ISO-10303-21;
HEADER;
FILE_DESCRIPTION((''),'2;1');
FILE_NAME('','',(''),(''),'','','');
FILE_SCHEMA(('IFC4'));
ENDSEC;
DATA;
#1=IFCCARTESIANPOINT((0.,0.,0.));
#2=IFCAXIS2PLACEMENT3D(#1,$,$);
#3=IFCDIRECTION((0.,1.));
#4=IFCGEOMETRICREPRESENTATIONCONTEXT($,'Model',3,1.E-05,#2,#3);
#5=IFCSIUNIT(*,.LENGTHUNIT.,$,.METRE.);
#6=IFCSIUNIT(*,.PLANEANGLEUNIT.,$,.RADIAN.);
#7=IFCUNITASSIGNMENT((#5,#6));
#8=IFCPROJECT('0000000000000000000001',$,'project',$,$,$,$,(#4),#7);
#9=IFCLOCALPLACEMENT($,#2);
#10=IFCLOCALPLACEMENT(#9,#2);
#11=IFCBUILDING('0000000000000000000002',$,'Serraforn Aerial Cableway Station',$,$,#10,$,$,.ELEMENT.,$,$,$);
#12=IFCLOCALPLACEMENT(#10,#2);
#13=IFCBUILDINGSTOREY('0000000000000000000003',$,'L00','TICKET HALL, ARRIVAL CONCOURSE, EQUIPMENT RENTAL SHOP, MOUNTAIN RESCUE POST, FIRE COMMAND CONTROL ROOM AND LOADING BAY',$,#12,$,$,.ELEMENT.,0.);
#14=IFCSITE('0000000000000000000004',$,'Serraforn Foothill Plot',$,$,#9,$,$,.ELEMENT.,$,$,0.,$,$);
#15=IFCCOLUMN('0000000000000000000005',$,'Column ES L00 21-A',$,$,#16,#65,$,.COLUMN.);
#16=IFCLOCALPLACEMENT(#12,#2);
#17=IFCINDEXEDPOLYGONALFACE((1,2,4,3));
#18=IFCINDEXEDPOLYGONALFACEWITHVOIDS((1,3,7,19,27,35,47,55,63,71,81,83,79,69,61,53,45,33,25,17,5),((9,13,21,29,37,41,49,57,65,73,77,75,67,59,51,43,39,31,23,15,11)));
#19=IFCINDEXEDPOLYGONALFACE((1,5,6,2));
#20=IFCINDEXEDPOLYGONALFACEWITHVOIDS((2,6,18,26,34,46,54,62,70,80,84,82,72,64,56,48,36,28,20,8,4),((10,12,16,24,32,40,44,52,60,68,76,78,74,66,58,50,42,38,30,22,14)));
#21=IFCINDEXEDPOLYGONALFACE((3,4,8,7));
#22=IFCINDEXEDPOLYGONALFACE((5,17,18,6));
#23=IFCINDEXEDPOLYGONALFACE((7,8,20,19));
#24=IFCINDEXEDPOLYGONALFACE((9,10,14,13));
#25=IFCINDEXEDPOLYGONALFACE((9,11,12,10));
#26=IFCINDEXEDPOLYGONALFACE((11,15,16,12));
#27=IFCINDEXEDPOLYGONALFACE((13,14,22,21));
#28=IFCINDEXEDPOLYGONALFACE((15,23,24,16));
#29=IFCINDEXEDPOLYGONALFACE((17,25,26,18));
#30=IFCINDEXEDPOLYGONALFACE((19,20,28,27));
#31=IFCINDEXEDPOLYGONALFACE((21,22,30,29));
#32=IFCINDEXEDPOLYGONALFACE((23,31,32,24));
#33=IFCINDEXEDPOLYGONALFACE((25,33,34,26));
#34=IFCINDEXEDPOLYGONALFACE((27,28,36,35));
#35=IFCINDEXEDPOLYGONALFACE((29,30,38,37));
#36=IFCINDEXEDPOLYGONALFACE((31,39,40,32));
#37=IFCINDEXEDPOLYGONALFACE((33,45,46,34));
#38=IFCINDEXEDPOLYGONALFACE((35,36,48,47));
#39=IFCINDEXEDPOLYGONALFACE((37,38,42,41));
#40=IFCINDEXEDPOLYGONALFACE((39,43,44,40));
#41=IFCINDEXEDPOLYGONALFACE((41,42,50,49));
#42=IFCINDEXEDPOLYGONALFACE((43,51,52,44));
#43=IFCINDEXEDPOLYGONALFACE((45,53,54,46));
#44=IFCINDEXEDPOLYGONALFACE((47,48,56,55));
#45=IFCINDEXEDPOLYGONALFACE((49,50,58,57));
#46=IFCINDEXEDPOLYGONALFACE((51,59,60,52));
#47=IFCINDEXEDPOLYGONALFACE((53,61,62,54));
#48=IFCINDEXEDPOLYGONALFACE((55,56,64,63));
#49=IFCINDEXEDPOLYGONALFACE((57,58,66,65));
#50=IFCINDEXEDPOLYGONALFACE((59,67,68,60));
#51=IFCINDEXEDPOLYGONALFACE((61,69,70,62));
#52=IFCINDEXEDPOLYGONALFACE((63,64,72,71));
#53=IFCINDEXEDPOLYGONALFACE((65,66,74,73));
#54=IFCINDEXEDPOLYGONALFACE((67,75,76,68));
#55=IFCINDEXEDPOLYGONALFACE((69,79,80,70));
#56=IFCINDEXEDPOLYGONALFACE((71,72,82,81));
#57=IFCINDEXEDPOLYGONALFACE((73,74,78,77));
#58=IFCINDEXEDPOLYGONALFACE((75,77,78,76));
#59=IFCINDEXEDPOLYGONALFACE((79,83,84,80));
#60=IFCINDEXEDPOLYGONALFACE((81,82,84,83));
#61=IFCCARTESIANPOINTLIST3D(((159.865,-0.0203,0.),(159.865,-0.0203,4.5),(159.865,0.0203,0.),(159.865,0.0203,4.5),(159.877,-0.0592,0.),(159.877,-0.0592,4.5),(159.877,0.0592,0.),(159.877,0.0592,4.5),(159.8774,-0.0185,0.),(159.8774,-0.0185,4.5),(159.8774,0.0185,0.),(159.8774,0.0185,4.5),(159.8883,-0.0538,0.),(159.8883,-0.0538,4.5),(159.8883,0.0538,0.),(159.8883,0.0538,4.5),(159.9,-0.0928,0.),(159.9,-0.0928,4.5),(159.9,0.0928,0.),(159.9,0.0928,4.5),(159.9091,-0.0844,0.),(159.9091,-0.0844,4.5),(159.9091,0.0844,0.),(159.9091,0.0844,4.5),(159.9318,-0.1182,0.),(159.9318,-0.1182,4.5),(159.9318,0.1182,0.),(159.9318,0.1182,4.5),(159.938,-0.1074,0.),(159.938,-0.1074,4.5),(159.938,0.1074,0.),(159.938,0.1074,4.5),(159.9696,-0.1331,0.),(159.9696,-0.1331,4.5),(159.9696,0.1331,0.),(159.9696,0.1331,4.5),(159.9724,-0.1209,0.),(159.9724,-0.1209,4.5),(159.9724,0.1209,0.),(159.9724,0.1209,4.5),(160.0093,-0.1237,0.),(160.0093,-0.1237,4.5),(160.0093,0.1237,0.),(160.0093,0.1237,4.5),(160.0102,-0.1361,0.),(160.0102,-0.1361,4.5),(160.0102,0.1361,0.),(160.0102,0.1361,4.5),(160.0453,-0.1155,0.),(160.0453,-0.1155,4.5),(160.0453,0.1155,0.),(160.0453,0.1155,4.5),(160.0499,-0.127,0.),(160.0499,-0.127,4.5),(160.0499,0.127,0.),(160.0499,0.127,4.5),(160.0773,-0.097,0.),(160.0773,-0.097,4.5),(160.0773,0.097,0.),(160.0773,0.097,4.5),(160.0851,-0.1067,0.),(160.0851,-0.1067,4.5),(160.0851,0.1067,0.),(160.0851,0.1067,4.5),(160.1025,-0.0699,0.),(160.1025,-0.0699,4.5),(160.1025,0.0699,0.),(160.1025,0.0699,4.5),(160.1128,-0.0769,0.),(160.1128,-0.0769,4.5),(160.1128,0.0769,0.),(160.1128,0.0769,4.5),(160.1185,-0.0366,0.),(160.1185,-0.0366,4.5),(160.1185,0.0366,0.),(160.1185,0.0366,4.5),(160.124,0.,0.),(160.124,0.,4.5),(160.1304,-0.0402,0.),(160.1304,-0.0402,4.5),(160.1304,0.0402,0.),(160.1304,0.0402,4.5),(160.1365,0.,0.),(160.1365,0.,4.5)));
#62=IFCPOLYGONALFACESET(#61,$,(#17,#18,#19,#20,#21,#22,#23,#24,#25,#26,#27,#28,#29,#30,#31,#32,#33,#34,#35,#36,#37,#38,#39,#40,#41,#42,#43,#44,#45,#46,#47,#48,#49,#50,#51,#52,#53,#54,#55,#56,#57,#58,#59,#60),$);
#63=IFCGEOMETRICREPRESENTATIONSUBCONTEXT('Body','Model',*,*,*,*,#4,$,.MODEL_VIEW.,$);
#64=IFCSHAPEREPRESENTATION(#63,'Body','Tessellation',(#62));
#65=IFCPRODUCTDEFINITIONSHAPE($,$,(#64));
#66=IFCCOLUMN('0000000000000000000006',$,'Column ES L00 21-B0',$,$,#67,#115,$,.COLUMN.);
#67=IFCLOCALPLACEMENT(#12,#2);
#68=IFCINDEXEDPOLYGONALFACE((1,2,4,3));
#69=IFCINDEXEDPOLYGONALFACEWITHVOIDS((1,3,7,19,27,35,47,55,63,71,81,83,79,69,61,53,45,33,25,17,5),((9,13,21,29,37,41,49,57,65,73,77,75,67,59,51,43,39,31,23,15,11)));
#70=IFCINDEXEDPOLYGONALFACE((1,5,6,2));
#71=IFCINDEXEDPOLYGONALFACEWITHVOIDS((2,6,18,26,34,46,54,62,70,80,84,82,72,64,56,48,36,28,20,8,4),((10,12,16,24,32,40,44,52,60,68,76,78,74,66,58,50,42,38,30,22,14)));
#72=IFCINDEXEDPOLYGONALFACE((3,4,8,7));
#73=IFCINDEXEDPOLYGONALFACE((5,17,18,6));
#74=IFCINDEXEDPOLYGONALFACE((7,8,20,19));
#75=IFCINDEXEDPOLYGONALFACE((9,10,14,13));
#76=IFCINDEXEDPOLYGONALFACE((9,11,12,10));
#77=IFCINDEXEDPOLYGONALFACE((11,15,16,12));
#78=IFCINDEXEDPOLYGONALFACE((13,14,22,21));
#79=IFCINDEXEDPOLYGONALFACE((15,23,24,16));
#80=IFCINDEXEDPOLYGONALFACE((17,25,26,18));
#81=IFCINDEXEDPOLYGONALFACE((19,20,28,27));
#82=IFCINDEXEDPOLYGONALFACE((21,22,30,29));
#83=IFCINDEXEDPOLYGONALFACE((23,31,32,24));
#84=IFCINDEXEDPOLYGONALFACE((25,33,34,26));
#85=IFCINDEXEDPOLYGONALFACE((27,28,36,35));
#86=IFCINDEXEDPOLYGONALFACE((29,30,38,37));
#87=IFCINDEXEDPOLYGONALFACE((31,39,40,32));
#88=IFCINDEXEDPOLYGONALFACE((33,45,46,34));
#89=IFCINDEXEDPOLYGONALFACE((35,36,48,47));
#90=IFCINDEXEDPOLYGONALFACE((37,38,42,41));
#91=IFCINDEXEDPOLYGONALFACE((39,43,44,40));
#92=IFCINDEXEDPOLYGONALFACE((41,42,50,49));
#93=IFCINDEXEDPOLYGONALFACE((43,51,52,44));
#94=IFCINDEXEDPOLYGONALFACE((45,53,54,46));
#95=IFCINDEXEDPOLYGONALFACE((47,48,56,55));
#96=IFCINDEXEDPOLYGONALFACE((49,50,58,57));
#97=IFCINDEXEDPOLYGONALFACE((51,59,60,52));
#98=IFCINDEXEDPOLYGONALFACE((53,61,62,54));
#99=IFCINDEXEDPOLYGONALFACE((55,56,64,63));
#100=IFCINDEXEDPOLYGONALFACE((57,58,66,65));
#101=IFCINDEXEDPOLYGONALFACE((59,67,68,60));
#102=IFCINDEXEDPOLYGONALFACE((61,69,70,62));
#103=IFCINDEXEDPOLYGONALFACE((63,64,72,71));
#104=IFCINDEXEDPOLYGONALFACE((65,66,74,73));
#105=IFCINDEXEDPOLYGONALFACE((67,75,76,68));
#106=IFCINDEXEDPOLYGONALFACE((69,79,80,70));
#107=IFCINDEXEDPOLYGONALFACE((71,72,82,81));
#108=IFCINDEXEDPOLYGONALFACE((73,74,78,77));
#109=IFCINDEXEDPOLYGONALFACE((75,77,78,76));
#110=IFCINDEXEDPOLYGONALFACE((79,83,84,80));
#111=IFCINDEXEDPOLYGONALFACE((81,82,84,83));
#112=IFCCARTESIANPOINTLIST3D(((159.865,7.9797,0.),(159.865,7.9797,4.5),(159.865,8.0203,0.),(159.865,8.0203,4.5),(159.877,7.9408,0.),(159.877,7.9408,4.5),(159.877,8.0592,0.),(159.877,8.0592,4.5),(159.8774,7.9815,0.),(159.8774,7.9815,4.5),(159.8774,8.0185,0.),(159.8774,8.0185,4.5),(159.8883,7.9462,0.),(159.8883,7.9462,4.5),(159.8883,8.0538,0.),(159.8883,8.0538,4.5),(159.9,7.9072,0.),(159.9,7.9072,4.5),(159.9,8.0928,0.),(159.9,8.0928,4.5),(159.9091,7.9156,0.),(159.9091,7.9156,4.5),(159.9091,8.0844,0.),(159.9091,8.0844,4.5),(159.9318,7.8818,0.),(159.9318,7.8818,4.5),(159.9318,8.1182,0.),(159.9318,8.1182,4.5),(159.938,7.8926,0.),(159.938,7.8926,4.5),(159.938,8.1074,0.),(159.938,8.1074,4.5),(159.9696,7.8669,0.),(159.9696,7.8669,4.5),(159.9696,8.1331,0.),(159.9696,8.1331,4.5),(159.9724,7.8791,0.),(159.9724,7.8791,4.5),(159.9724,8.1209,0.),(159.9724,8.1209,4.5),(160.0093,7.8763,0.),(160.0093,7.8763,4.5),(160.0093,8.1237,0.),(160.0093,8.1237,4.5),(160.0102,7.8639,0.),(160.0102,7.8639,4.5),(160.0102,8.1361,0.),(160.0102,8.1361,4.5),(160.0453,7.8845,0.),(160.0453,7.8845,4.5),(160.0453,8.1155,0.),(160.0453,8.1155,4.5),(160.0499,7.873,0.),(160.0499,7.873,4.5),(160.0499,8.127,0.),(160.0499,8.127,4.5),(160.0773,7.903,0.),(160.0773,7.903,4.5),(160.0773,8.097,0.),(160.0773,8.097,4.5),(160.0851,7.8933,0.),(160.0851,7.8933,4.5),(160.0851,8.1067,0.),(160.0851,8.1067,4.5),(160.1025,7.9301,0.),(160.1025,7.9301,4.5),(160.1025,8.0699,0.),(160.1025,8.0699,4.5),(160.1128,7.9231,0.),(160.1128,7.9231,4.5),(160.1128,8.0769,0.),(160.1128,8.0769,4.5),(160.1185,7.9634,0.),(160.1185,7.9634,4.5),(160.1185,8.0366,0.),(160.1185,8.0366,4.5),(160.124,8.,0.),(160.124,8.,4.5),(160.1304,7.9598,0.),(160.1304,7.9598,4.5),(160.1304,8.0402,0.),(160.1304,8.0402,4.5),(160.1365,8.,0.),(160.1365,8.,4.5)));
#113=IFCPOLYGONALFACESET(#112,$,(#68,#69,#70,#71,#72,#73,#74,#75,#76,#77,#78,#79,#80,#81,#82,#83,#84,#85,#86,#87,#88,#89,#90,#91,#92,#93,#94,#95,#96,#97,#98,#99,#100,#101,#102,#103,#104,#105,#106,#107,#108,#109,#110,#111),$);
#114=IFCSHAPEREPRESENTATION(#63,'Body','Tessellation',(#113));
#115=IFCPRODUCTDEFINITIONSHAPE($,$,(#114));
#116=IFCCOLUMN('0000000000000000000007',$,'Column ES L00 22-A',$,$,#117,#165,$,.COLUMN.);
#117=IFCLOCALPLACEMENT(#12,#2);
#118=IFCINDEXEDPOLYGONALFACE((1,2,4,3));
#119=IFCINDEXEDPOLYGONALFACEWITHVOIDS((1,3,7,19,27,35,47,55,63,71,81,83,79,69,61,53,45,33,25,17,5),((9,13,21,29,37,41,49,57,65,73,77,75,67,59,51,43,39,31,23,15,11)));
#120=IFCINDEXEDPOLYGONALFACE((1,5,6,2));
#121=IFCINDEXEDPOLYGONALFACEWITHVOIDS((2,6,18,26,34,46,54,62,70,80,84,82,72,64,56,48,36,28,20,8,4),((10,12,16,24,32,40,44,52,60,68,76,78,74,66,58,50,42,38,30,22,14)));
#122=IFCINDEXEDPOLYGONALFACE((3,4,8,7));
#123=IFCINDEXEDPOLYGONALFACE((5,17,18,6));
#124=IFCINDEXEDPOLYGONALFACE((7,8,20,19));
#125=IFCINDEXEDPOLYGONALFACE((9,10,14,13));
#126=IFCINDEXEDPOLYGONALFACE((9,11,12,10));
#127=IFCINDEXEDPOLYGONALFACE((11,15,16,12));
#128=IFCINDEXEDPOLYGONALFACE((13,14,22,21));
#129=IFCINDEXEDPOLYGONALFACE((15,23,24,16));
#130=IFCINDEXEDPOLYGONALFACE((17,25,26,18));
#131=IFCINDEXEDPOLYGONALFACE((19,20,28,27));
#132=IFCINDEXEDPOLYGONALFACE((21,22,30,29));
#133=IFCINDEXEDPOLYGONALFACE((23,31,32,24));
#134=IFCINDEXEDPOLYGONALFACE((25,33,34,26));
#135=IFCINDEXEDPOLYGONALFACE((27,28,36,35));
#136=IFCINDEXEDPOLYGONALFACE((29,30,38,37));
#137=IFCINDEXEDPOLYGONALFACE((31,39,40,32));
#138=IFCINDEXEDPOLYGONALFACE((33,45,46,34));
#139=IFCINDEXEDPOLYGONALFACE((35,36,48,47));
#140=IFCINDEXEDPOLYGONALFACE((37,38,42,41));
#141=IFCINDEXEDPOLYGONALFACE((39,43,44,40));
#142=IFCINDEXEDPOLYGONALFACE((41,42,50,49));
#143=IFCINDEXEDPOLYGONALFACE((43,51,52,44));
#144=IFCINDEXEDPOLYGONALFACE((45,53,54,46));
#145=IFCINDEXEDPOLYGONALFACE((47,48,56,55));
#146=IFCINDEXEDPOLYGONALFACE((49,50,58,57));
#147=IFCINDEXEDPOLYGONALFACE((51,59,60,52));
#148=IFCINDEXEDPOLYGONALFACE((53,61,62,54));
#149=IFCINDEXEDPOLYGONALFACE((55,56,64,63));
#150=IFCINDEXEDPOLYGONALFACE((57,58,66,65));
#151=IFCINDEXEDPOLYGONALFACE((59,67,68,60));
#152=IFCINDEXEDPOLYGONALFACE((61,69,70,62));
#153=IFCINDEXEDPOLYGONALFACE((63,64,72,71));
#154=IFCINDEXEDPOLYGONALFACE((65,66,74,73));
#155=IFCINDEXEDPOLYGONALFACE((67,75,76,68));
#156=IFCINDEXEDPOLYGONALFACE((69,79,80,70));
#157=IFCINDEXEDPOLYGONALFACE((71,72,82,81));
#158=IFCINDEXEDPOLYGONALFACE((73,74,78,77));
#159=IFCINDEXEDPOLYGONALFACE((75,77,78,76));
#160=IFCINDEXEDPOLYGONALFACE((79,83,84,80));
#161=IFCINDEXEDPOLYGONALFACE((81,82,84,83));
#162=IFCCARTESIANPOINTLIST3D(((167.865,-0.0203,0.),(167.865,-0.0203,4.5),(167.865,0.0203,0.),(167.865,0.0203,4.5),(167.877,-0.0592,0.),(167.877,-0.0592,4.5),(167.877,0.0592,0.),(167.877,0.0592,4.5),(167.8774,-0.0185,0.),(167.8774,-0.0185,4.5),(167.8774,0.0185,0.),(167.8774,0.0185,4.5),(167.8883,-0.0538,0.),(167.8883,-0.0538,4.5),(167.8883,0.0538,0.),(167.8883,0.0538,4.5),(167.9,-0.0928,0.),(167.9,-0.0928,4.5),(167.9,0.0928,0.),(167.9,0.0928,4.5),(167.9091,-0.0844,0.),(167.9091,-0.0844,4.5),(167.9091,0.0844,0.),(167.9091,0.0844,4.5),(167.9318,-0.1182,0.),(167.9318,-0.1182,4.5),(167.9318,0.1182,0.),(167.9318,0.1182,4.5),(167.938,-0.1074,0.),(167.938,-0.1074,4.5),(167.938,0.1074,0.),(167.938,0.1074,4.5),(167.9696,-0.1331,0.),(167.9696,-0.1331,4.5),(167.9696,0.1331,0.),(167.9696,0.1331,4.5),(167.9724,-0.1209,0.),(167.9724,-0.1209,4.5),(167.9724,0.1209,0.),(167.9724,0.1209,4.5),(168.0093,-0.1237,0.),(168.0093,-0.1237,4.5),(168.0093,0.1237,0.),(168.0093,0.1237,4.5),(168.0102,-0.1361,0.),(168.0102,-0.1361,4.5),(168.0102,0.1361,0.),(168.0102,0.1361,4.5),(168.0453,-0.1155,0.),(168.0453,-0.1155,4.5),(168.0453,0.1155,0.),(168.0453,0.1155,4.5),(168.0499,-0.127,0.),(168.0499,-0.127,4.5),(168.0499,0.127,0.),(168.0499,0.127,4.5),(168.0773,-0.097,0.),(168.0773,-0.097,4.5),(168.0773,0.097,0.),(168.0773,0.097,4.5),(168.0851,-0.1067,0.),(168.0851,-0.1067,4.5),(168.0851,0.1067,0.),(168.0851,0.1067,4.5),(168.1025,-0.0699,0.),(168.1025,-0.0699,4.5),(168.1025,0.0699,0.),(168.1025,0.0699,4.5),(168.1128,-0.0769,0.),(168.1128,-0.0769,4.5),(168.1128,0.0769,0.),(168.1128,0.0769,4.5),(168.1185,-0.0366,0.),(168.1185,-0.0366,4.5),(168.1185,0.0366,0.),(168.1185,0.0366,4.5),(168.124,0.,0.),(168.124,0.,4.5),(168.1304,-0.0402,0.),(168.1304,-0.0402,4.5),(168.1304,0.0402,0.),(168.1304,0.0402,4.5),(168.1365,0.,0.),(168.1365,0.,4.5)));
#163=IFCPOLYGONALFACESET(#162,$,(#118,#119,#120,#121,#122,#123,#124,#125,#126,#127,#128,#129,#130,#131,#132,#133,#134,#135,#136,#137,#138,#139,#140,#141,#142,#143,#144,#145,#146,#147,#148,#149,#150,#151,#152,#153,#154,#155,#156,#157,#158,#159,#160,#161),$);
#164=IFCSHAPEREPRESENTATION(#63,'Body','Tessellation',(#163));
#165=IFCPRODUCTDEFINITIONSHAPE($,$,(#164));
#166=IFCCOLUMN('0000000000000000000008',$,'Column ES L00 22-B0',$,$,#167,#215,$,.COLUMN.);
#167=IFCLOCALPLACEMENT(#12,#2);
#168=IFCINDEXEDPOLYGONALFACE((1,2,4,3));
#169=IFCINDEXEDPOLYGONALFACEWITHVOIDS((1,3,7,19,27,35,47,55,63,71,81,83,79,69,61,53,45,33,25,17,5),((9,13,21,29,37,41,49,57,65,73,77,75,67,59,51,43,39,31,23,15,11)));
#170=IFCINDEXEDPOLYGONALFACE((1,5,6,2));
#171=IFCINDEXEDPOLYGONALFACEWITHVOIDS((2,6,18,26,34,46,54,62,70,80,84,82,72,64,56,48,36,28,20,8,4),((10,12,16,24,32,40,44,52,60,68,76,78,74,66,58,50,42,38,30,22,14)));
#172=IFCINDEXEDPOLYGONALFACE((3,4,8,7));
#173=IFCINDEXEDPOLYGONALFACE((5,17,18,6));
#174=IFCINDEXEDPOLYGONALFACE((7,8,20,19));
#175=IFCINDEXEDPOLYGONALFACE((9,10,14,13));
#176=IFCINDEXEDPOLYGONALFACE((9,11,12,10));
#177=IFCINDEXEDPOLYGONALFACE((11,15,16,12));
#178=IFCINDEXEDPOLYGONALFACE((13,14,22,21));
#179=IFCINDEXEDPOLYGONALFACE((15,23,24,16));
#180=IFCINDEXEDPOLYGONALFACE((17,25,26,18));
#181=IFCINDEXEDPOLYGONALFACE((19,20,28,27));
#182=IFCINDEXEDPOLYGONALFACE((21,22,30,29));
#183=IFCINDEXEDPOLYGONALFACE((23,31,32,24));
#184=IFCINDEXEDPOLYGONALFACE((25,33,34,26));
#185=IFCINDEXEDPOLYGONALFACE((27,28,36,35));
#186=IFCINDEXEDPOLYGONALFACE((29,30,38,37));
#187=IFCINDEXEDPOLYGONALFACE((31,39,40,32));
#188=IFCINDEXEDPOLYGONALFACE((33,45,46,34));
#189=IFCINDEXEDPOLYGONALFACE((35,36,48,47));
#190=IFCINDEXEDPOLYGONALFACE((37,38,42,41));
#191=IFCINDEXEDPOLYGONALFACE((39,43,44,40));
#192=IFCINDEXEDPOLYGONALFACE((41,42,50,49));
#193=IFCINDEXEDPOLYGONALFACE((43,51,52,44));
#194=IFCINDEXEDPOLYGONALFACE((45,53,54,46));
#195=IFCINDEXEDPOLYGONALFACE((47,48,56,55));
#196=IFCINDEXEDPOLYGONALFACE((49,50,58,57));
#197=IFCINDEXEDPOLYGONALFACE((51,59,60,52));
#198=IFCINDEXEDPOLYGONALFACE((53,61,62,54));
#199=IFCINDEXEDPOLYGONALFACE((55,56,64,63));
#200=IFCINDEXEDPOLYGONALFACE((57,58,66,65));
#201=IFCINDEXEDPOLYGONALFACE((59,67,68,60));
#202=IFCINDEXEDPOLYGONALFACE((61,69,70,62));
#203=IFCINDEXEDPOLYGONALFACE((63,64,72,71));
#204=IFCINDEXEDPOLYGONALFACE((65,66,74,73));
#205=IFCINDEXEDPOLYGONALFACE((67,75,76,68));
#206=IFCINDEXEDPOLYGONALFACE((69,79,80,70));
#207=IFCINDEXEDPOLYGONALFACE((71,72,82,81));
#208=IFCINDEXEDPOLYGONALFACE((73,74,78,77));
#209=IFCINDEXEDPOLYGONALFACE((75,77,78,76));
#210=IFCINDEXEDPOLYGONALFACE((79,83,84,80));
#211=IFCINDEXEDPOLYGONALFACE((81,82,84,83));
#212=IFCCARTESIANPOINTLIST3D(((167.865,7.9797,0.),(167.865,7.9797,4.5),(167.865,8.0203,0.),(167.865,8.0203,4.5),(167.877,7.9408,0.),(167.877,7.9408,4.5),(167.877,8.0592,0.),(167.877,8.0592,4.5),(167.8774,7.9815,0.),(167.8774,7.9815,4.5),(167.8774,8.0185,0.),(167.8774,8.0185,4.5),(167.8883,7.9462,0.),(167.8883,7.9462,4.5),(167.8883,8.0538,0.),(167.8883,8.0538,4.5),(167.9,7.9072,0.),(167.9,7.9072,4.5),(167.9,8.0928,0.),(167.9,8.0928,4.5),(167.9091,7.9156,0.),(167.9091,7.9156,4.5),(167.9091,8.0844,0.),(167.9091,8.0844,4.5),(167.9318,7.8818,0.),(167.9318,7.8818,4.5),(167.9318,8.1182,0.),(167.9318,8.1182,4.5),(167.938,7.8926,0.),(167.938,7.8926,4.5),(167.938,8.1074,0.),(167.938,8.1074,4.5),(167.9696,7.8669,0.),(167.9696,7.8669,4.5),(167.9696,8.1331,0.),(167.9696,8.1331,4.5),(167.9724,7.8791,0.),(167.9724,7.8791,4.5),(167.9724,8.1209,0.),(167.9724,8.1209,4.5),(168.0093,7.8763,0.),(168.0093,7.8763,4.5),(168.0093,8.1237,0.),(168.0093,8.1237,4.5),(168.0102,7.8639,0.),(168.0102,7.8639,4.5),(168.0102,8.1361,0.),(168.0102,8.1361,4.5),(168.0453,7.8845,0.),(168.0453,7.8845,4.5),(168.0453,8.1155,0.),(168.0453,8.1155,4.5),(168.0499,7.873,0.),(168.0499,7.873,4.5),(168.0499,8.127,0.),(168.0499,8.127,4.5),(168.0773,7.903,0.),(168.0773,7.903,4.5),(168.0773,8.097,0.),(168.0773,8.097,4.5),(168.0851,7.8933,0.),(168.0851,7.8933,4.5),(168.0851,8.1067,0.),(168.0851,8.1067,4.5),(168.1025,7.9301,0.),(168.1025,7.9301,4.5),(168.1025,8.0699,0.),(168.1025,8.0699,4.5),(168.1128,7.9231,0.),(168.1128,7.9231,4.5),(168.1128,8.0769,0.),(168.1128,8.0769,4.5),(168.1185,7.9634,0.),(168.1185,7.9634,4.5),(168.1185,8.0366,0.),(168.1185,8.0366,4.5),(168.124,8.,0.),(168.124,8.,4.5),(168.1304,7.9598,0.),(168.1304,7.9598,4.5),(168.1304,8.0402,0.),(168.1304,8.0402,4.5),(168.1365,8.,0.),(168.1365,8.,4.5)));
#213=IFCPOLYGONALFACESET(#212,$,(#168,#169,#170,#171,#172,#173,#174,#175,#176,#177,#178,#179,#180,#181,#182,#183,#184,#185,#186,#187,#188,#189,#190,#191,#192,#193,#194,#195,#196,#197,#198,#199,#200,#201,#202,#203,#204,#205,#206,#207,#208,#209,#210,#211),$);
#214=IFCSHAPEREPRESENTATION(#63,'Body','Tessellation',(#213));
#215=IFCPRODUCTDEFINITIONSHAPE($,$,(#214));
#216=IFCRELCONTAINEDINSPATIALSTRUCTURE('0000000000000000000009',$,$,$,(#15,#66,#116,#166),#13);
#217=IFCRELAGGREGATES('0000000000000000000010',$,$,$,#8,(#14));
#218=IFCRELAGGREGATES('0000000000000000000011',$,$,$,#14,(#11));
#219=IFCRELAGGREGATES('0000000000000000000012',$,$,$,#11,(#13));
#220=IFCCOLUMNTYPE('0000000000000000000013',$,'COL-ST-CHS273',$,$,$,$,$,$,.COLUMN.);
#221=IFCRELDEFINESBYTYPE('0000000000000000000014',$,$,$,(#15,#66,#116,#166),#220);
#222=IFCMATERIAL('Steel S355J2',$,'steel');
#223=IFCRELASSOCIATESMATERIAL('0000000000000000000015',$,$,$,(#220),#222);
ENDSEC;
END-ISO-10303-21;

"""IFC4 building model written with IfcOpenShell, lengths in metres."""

from ifc_helpers import new_model, si_unit, direction, frame, origin, origin_2d, place, context, subcontext, project, spatial, hollow_circle, extrude, material, material_profile, profile_set, type_object, element, save


model = new_model("IFC4")

# Units and contexts
model_context = context("Model", 3, precision=1e-05, world=origin(), true_north=direction((0.0, 1.0)))
body_context = subcontext(model_context, "Body", "Model", "MODEL_VIEW")
ifc_project = project(units=[si_unit("LENGTHUNIT", "METRE"), si_unit("PLANEANGLEUNIT", "RADIAN")], contexts=[model_context])

# Site, building, storey
site_placement = place(None, origin())
site = spatial("IfcSite", under=ifc_project, at=site_placement, Name="Serraforn Foothill Plot", CompositionType="ELEMENT", RefElevation=0.0)
building_placement = place(site_placement, origin())
building = spatial("IfcBuilding", under=site, at=building_placement, Name="Serraforn Aerial Cableway Station", CompositionType="ELEMENT")
storey_placement = place(building_placement, origin())
storey = spatial("IfcBuildingStorey", under=building, at=storey_placement, Name="L00", Description="TICKET HALL, ARRIVAL CONCOURSE, EQUIPMENT RENTAL SHOP, MOUNTAIN RESCUE POST, FIRE COMMAND CONTROL ROOM AND LOADING BAY", CompositionType="ELEMENT", Elevation=0.0)

# Columns
ifc_material_1 = material(Name="Steel S355J2", Category="steel")
ifc_material_profile = material_profile(ifc_material_1, hollow_circle(Radius=0.1365, WallThickness=0.0125, at=origin_2d()), Name="CHS 273.0x12.5")
ifc_profile_set = profile_set([ifc_material_profile], Name="Steel S355J2")
column_type = type_object("IfcColumnType", Name="COL-ST-CHS273", PredefinedType="COLUMN", material=ifc_profile_set)
for number, where, z_axis, x_axis, name in (
    (1, (160.0, 0.0, 0.0), (0.0, 0.0, 1.0), (1.0, 0.0, 0.0), "Column ES L00 21-A"),
    (2, (160.0, 8.0, 0.0), (0.0, 0.0, 1.0), (1.0, 0.0, 0.0), "Column ES L00 21-B0"),
    (3, (168.0, 0.0, 0.0), (0.0, 0.0, 1.0), (1.0, 0.0, 0.0), "Column ES L00 22-A"),
    (4, (168.0, 8.0, 0.0), (0.0, 0.0, 1.0), (1.0, 0.0, 0.0), "Column ES L00 22-B0"),
):
    element("IfcColumn", number, at=place(storey_placement, frame(where, z_axis=z_axis, x_axis=x_axis)), inside=storey, type_object=column_type, Name=name, PredefinedType="COLUMN", context=body_context, shape_type="SweptSolid", body=[
        extrude(hollow_circle(Radius=0.1365, WallThickness=0.0125, at=origin_2d()), origin(), (0.0, 0.0, 1.0), 4.5),
    ])

save(model, "model.ifc")
